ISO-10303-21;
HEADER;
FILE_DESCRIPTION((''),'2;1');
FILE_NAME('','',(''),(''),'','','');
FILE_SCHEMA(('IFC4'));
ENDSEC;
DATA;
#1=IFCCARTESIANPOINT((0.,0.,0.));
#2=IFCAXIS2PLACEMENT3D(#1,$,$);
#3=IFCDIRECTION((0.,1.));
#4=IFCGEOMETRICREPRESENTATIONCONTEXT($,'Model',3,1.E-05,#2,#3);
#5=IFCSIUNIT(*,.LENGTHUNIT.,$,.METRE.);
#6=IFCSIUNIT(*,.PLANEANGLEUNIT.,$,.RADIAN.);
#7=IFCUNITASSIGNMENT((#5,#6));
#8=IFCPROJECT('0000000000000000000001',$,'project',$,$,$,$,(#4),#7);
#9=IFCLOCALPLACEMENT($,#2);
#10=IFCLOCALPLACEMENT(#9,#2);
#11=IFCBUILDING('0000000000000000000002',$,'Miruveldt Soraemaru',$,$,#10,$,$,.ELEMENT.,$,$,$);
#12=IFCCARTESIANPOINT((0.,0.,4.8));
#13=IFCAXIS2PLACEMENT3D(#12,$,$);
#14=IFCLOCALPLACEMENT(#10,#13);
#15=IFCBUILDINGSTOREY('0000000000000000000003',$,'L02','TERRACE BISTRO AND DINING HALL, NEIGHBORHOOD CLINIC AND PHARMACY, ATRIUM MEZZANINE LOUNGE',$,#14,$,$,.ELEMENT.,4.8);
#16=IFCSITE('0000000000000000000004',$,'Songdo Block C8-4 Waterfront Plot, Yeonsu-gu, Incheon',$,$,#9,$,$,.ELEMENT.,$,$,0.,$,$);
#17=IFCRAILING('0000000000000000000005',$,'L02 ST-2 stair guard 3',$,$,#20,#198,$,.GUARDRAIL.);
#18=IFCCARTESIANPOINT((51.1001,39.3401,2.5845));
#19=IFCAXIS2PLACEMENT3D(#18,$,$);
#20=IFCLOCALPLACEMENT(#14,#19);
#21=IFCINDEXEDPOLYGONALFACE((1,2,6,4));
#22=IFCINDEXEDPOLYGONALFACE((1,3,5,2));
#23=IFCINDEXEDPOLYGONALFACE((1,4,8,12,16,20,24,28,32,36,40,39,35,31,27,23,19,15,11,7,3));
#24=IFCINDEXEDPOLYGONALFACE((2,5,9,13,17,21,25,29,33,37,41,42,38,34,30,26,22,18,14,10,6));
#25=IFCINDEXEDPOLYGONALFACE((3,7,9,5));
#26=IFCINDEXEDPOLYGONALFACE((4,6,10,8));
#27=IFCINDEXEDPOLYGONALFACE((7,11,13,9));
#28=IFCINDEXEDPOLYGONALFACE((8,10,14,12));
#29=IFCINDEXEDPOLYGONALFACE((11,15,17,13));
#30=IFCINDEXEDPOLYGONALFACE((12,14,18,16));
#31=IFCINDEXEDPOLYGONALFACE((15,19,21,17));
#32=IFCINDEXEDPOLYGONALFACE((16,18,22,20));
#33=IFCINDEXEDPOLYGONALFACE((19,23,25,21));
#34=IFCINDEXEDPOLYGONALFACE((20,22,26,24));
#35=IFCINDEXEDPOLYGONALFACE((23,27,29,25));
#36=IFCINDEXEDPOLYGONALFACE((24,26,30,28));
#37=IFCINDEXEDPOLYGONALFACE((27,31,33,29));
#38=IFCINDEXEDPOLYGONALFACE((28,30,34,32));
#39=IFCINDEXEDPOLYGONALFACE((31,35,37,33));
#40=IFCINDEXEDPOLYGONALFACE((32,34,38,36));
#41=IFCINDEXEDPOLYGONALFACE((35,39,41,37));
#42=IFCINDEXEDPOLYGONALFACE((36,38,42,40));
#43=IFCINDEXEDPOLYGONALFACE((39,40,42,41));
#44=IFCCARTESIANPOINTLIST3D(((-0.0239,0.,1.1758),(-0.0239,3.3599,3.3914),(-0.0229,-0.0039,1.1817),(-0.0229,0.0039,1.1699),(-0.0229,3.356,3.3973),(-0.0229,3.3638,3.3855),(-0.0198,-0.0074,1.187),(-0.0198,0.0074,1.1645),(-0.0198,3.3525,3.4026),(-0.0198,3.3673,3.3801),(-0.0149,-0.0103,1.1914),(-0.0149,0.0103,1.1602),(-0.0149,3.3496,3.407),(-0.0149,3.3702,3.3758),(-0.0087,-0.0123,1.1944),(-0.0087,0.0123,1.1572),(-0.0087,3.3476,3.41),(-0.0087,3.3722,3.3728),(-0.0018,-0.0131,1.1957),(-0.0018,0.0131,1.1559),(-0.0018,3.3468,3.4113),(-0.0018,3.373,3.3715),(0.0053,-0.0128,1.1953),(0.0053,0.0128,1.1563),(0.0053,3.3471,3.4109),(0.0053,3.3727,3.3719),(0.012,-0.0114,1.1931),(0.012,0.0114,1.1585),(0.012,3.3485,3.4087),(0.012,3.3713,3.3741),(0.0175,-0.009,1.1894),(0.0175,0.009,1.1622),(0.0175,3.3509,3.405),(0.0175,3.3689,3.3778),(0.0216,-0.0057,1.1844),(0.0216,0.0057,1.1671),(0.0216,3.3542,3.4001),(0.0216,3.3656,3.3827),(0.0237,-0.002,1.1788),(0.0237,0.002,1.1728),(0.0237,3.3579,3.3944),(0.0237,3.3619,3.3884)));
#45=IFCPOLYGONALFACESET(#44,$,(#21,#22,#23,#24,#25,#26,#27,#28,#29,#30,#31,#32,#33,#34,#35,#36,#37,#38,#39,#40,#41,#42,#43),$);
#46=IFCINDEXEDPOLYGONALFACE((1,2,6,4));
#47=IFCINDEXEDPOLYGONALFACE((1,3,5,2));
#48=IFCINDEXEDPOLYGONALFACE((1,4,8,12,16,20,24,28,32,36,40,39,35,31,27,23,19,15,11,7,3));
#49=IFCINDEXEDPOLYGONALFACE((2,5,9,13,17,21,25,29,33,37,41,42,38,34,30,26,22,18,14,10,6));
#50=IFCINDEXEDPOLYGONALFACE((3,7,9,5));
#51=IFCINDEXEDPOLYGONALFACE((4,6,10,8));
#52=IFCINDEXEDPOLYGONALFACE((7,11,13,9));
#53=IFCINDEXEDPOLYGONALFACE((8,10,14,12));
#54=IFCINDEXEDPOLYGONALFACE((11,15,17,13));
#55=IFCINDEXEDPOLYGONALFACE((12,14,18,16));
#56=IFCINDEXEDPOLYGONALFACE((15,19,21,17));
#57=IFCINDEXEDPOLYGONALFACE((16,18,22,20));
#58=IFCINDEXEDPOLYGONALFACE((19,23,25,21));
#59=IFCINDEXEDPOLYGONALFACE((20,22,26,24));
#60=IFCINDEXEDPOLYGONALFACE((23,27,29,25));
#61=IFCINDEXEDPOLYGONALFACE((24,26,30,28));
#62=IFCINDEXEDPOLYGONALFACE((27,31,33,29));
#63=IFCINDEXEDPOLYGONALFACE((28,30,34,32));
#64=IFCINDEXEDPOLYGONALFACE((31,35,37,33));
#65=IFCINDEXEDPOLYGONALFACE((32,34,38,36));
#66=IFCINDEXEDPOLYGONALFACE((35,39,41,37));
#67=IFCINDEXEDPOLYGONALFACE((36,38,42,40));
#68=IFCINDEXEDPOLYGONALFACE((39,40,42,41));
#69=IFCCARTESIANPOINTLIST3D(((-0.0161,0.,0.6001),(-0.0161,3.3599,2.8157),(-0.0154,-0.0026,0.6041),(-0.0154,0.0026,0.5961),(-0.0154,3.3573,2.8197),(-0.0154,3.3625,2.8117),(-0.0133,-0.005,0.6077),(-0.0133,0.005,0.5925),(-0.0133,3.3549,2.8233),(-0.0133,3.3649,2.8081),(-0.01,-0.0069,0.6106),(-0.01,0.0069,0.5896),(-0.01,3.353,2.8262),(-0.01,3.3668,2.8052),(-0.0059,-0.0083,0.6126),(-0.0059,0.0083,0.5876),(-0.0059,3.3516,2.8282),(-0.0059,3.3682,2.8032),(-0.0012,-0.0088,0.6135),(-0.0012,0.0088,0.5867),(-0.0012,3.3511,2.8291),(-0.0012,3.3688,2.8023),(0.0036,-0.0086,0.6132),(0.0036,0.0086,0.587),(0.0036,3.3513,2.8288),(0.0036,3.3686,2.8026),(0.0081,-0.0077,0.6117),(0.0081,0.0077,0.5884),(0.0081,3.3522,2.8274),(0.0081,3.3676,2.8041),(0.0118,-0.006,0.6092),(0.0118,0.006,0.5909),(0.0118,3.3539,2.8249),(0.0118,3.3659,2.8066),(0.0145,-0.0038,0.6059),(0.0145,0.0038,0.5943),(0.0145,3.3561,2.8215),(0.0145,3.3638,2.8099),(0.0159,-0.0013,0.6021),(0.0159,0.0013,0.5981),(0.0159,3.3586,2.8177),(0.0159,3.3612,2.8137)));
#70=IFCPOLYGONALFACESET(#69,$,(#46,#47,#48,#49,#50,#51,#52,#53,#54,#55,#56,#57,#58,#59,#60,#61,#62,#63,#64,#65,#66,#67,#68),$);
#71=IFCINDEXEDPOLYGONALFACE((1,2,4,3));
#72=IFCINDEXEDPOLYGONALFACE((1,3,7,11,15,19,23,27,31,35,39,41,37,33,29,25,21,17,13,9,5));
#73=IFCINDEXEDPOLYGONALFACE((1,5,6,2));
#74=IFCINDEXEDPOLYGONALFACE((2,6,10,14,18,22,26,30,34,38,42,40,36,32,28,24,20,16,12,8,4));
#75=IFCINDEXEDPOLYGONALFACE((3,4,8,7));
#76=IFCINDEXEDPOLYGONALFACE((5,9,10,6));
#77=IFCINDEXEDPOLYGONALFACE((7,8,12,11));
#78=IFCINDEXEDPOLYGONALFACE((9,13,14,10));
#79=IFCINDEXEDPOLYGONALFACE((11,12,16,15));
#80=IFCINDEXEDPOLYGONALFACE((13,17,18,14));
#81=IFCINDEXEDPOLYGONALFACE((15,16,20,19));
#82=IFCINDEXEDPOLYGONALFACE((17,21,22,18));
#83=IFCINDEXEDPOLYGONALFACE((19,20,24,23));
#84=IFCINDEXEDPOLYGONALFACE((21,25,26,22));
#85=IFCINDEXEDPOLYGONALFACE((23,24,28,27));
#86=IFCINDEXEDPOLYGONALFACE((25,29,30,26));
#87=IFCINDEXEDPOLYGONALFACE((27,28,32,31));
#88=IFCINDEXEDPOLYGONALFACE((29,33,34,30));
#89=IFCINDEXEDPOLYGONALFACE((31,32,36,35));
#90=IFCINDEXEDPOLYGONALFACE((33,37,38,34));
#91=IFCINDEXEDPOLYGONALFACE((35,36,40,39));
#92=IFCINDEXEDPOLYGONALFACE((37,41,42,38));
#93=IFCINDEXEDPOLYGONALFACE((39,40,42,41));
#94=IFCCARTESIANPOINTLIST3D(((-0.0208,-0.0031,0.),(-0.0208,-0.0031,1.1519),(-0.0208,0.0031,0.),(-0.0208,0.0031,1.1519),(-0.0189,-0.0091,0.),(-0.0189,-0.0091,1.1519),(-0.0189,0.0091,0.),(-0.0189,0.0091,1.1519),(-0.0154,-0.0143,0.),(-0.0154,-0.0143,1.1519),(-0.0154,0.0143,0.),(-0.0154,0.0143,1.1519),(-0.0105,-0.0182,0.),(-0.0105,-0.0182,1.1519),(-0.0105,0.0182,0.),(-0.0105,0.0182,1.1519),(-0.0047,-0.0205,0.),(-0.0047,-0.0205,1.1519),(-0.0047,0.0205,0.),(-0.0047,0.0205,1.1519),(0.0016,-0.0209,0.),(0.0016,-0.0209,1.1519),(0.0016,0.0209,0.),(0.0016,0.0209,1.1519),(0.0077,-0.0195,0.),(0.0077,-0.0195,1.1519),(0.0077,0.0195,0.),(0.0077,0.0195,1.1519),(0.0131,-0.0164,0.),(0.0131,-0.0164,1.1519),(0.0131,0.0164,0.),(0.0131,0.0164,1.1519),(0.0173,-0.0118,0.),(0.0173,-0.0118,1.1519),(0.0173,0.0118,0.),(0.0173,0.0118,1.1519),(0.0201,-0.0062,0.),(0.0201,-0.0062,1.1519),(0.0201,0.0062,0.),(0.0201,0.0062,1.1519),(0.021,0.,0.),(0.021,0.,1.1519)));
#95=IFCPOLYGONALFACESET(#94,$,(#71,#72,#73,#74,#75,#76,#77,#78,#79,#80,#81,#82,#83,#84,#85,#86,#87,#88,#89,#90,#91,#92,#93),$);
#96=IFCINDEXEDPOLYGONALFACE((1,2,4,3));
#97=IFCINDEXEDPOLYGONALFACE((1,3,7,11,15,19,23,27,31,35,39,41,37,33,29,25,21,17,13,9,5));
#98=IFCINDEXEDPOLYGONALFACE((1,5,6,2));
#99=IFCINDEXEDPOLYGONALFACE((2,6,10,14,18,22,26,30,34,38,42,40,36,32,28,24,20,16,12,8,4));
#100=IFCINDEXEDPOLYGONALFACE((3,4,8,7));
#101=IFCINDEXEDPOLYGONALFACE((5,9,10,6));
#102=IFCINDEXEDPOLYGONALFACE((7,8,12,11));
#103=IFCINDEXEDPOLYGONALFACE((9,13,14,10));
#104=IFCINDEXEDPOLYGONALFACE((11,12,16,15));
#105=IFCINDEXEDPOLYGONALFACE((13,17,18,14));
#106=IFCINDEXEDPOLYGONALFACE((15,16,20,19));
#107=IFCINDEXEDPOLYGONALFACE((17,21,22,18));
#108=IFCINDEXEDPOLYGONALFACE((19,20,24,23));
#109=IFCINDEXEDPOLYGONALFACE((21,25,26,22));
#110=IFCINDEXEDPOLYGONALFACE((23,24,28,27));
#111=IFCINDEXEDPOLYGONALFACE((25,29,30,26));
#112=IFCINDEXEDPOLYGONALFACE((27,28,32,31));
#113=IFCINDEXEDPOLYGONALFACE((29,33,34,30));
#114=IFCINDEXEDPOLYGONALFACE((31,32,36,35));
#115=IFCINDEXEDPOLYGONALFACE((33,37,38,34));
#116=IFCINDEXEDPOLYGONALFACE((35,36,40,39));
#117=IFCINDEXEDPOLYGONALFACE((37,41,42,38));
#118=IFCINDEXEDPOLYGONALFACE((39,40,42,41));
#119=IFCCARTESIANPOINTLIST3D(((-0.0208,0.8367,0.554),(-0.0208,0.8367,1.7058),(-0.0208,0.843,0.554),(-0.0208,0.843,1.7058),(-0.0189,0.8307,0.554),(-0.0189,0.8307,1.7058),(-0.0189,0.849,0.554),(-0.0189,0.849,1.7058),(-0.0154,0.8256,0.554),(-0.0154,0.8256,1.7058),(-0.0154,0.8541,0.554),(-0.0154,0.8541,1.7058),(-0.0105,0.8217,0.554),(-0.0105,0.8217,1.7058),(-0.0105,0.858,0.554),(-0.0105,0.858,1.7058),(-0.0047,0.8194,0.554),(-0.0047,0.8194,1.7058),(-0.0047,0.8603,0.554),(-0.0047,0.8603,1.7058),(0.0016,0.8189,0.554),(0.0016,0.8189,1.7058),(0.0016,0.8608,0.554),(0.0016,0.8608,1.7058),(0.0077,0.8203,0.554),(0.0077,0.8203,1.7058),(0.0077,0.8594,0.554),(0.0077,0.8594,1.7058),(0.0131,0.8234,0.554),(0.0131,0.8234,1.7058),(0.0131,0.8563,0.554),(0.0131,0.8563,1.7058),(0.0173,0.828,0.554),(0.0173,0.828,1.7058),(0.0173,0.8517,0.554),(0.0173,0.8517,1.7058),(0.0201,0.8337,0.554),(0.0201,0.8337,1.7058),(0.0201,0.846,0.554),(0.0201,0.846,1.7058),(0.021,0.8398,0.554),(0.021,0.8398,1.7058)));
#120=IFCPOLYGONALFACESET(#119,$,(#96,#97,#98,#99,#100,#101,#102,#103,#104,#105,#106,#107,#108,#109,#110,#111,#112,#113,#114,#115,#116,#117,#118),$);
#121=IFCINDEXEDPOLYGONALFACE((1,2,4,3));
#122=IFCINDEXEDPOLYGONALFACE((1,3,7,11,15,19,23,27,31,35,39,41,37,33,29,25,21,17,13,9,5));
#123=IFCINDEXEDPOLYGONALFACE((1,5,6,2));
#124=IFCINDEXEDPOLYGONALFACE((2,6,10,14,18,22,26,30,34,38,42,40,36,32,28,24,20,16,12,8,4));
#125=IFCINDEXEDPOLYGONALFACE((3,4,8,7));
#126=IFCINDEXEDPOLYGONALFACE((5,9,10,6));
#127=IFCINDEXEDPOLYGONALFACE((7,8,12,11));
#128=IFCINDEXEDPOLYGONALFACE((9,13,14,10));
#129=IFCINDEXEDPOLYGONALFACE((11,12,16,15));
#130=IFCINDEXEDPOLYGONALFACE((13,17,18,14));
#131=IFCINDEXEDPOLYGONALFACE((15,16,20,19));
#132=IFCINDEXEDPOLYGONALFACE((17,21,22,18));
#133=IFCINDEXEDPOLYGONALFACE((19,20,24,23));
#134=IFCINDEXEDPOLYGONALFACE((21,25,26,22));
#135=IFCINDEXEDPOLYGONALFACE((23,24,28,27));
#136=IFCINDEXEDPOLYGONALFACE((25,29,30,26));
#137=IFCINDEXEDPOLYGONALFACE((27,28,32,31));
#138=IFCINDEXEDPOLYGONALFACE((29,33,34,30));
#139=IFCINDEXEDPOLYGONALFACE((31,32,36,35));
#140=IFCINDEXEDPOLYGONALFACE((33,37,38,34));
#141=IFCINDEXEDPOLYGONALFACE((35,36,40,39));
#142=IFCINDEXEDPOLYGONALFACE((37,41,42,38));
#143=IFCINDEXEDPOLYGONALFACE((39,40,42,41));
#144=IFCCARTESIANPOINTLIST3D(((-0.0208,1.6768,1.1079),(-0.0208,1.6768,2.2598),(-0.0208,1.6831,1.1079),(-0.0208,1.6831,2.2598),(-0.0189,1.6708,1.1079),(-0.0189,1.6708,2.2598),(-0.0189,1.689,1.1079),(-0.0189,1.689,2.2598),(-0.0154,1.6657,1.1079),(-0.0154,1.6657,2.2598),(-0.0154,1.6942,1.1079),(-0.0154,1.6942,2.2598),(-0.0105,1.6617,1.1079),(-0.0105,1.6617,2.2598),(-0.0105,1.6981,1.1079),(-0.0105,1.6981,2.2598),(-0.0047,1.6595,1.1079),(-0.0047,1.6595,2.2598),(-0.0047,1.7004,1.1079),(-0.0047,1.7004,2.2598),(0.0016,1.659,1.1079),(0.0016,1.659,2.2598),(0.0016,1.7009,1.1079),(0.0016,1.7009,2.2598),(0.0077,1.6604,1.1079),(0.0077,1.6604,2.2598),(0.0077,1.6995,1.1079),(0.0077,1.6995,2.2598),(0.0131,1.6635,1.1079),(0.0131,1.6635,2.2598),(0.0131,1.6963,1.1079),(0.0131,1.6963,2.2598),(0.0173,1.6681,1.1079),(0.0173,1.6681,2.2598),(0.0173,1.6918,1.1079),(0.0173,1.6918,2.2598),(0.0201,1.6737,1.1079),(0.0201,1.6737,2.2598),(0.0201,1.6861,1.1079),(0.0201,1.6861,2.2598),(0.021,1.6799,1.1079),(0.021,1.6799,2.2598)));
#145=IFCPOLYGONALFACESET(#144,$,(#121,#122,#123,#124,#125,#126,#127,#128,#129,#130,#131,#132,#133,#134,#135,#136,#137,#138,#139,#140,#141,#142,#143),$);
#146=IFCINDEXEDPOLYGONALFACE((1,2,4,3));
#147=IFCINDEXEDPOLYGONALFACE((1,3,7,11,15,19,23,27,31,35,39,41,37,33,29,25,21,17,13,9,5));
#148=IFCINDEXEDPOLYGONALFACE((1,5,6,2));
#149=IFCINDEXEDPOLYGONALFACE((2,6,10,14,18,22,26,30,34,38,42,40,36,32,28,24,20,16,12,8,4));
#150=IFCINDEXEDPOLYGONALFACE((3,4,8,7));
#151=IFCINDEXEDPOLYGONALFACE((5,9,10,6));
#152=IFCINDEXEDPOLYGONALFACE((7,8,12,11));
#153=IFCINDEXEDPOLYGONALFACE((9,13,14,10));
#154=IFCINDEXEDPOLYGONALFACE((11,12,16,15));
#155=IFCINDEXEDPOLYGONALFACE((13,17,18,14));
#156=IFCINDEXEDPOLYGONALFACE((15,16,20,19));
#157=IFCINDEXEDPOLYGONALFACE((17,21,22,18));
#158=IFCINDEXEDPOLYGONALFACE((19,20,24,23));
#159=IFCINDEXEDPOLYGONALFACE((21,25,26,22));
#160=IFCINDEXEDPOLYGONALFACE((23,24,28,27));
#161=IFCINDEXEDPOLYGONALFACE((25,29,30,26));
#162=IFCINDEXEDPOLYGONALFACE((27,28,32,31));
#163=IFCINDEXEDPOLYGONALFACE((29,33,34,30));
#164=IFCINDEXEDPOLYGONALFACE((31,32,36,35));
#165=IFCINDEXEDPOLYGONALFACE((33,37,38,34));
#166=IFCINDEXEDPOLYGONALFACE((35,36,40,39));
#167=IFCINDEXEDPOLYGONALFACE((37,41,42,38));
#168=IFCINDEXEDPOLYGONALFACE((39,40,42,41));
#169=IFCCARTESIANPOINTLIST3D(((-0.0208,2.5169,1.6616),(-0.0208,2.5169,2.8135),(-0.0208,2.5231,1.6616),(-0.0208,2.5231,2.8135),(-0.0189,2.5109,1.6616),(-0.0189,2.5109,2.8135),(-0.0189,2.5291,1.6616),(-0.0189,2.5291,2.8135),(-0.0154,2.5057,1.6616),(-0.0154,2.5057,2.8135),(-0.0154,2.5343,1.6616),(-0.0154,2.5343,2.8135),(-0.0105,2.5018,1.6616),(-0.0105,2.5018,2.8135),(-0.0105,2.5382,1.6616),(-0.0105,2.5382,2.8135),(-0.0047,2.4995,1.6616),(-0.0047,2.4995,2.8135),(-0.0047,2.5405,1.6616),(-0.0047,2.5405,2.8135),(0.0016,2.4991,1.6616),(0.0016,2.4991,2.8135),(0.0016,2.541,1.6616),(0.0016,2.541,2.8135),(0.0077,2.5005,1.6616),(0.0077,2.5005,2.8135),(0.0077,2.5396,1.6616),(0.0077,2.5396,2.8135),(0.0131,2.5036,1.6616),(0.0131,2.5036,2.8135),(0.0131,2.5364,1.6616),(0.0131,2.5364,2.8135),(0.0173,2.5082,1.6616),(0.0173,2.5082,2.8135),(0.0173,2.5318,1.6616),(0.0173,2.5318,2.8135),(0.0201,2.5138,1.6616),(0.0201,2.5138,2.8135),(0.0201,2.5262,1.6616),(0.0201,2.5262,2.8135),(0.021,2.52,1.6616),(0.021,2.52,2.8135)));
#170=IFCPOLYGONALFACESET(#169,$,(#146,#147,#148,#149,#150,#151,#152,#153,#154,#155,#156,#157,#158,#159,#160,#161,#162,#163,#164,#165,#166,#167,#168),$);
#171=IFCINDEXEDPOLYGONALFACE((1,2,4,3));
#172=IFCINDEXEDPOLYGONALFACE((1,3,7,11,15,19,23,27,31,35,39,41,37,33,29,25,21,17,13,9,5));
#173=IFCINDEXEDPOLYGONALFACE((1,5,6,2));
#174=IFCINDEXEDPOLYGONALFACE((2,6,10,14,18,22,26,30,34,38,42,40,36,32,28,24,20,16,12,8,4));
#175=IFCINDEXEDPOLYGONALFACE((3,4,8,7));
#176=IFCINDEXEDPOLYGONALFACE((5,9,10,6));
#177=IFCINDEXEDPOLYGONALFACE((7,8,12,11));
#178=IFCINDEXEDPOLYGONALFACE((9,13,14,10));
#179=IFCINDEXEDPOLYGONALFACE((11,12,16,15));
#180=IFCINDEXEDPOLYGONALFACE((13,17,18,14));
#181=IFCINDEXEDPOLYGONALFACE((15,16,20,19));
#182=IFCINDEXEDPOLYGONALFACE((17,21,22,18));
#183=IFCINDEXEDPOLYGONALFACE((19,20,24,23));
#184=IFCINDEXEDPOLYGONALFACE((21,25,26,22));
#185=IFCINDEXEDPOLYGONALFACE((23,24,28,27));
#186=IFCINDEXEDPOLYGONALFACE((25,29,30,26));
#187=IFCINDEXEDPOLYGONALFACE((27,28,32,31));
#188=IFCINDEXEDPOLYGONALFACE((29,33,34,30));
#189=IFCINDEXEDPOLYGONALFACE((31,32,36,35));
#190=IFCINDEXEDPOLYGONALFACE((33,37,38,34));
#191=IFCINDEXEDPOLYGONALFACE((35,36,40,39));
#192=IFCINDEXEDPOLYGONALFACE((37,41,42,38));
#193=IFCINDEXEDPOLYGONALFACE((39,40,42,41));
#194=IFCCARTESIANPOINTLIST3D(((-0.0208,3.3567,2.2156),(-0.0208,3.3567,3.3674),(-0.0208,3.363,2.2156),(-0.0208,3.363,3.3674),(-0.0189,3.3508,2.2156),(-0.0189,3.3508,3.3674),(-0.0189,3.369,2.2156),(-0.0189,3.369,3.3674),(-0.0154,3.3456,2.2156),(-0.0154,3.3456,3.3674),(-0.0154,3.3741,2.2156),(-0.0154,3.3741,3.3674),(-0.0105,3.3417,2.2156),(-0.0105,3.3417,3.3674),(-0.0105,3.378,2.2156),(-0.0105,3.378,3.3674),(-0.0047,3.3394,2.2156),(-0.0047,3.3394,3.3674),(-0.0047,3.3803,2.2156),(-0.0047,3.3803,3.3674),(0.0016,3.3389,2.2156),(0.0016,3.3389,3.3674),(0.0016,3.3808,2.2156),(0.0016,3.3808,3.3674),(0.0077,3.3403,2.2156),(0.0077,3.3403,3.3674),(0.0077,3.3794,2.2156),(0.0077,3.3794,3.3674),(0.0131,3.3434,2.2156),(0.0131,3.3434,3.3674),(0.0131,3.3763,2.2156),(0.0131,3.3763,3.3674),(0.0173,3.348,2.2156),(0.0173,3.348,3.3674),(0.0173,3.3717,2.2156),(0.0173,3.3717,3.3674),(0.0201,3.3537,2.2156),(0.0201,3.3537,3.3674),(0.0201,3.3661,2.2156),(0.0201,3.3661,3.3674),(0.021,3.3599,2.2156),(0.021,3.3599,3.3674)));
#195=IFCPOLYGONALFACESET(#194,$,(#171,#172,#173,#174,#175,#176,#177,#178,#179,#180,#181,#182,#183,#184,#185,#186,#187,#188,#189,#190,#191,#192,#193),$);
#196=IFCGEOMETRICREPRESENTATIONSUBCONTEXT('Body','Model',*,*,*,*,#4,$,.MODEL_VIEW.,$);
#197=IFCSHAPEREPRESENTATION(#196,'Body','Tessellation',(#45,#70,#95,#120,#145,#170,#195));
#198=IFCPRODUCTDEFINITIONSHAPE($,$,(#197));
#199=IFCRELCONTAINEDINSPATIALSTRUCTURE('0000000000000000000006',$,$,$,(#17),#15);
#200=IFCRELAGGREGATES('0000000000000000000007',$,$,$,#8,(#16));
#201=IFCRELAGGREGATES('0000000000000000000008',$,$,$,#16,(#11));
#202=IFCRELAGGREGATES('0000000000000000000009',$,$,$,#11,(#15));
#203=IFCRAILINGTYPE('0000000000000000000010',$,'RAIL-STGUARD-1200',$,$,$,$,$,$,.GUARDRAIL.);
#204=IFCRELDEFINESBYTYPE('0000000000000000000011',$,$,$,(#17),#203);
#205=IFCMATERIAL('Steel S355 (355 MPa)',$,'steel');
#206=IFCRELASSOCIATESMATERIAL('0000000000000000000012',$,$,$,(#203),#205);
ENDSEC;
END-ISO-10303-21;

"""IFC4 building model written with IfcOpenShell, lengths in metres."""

from ifc_helpers import new_model, si_unit, direction, frame, origin, origin_2d, place, context, subcontext, project, spatial, circle, extrude, material, type_object, element, save


model = new_model("IFC4")

# Units and contexts
model_context = context("Model", 3, precision=1e-05, world=origin(), true_north=direction((0.0, 1.0)))
body_context = subcontext(model_context, "Body", "Model", "MODEL_VIEW")
ifc_project = project(units=[si_unit("LENGTHUNIT", "METRE"), si_unit("PLANEANGLEUNIT", "RADIAN")], contexts=[model_context])

# Site, building, storey
site_placement = place(None, origin())
site = spatial("IfcSite", under=ifc_project, at=site_placement, Name="Songdo Block C8-4 Waterfront Plot, Yeonsu-gu, Incheon", CompositionType="ELEMENT", RefElevation=0.0)
building_placement = place(site_placement, origin())
building = spatial("IfcBuilding", under=site, at=building_placement, Name="Miruveldt Soraemaru", CompositionType="ELEMENT")
storey_placement = place(building_placement, frame((0.0, 0.0, 4.8)))
storey = spatial("IfcBuildingStorey", under=building, at=storey_placement, Name="L02", Description="TERRACE BISTRO AND DINING HALL, NEIGHBORHOOD CLINIC AND PHARMACY, ATRIUM MEZZANINE LOUNGE", CompositionType="ELEMENT", Elevation=4.8)

# Railing
ifc_material_1 = material(Name="Steel S355 (355 MPa)", Category="steel")
railing_type_1 = type_object("IfcRailingType", Name="RAIL-STGUARD-1200", PredefinedType="GUARDRAIL", material=ifc_material_1)
railing_1_placement = place(storey_placement, frame((51.1001, 39.3401, 2.5845)))
element("IfcRailing", 1, at=railing_1_placement, inside=storey, type_object=railing_type_1, Name="L02 ST-2 stair guard 3", PredefinedType="GUARDRAIL", context=body_context, shape_type="SweptSolid", body=[
    extrude(circle(Radius=0.0239, at=origin_2d()), frame((0.0, 0.0, 1.1758), z_axis=(0.0, 0.83483, 0.550508), x_axis=(-1.0, 0.0, 0.0)), (0.0, 0.0, 1.0), 4.0247),
    extrude(circle(Radius=0.0161, at=origin_2d()), frame((0.0, 0.0, 0.6001), z_axis=(0.0, 0.83483, 0.550508), x_axis=(-1.0, 0.0, 0.0)), (0.0, 0.0, 1.0), 4.0247),
    extrude(circle(Radius=0.021, at=origin_2d()), origin(), (0.0, 0.0, 1.0), 1.1519),
    extrude(circle(Radius=0.021, at=origin_2d()), frame((0.0, 0.8398, 0.554)), (0.0, 0.0, 1.0), 1.1519),
    extrude(circle(Radius=0.021, at=origin_2d()), frame((0.0, 1.6799, 1.1079)), (0.0, 0.0, 1.0), 1.1519),
    extrude(circle(Radius=0.021, at=origin_2d()), frame((0.0, 2.52, 1.6616)), (0.0, 0.0, 1.0), 1.1519),
    extrude(circle(Radius=0.021, at=origin_2d()), frame((0.0, 3.3599, 2.2156)), (0.0, 0.0, 1.0), 1.1519),
])

save(model, "model.ifc")
